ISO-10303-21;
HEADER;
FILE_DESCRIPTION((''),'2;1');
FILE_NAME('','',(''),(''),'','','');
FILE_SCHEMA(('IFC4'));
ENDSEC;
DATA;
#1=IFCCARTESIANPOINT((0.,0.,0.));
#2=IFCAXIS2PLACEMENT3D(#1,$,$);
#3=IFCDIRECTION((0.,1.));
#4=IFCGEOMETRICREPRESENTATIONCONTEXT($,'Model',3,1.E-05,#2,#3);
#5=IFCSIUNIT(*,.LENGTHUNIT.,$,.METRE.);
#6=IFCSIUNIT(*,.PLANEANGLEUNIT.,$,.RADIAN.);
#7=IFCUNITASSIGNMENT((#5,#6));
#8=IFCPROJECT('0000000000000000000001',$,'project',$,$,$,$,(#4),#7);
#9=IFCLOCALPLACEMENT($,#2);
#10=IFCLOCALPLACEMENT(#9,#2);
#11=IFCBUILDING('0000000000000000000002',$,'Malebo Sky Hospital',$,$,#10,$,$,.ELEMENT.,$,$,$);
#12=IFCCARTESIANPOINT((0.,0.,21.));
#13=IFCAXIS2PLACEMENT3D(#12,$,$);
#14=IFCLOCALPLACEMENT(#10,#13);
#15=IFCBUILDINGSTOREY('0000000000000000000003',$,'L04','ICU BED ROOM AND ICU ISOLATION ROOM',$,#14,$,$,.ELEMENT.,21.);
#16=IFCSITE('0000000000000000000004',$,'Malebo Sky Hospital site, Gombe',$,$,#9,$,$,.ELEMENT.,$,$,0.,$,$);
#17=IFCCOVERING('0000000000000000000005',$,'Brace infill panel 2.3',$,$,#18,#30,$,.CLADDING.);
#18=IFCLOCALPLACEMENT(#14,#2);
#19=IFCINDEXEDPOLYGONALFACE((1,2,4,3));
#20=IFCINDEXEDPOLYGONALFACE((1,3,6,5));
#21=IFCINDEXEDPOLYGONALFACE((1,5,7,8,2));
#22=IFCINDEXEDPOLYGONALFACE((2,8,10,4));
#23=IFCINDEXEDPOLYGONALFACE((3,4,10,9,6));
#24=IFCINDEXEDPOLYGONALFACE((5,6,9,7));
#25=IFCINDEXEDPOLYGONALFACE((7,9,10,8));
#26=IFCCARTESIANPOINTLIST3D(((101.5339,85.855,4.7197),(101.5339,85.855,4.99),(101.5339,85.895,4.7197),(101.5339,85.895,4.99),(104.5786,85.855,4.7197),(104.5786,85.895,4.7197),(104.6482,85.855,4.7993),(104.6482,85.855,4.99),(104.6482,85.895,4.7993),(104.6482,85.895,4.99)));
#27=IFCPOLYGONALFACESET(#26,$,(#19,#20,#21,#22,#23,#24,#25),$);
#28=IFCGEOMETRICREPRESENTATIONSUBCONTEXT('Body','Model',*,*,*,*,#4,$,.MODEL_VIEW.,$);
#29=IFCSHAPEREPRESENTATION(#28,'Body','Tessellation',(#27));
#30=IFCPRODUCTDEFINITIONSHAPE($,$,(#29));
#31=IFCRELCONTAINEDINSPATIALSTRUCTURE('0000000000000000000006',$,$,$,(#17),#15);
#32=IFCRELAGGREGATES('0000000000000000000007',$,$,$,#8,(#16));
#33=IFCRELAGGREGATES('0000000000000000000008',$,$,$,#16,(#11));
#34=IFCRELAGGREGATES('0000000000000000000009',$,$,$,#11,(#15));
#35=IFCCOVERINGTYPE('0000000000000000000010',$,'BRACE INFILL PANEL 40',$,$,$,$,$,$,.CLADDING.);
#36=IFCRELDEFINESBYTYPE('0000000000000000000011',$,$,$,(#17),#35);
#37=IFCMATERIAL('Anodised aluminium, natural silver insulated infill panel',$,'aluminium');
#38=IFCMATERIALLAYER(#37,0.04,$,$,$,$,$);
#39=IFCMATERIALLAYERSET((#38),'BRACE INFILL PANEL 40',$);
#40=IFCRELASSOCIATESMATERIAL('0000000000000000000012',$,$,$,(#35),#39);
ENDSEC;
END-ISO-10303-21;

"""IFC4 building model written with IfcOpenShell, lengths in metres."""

from ifc_helpers import new_model, si_unit, direction, frame, origin, place, context, subcontext, project, spatial, polyline, outline, extrude, material, layer, layer_set, type_object, element, save


model = new_model("IFC4")

# Units and contexts
model_context = context("Model", 3, precision=1e-05, world=origin(), true_north=direction((0.0, 1.0)))
body_context = subcontext(model_context, "Body", "Model", "MODEL_VIEW")
ifc_project = project(units=[si_unit("LENGTHUNIT", "METRE"), si_unit("PLANEANGLEUNIT", "RADIAN")], contexts=[model_context])

# Site, building, storey
site_placement = place(None, origin())
site = spatial("IfcSite", under=ifc_project, at=site_placement, Name="Malebo Sky Hospital site, Gombe", CompositionType="ELEMENT", RefElevation=0.0)
building_placement = place(site_placement, origin())
building = spatial("IfcBuilding", under=site, at=building_placement, Name="Malebo Sky Hospital", CompositionType="ELEMENT")
storey_placement = place(building_placement, frame((0.0, 0.0, 21.0)))
storey = spatial("IfcBuildingStorey", under=building, at=storey_placement, Name="L04", Description="ICU BED ROOM AND ICU ISOLATION ROOM", CompositionType="ELEMENT", Elevation=21.0)

# Covering
ifc_material_1 = material(Name="Anodised aluminium, natural silver insulated infill panel", Category="aluminium")
ifc_layer_1 = layer(ifc_material_1, 0.04)
ifc_layer_set_1 = layer_set([ifc_layer_1], Name="BRACE INFILL PANEL 40")
covering_type = type_object("IfcCoveringType", Name="BRACE INFILL PANEL 40", PredefinedType="CLADDING", material=ifc_layer_set_1)
covering_1_placement = place(storey_placement, frame((103.0911, 85.875, 4.7197), z_axis=(0.0, 0.0, 1.0), x_axis=(-1.0, 0.0, 0.0)))
element("IfcCovering", 1, at=covering_1_placement, inside=storey, type_object=covering_type, Name="Brace infill panel 2.3", PredefinedType="CLADDING", context=body_context, shape_type="SweptSolid", body=[
    extrude(outline(polyline([(-1.4875, 0.0), (1.5571, 0.0), (1.5571, 0.2703), (-1.5571, 0.2703), (-1.5571, 0.0796), (-1.4875, 0.0)])), frame((0.0, 0.02, 0.0), z_axis=(0.0, -1.0, 0.0), x_axis=(1.0, 0.0, 0.0)), (0.0, 0.0, 1.0), 0.04),
])

save(model, "model.ifc")
